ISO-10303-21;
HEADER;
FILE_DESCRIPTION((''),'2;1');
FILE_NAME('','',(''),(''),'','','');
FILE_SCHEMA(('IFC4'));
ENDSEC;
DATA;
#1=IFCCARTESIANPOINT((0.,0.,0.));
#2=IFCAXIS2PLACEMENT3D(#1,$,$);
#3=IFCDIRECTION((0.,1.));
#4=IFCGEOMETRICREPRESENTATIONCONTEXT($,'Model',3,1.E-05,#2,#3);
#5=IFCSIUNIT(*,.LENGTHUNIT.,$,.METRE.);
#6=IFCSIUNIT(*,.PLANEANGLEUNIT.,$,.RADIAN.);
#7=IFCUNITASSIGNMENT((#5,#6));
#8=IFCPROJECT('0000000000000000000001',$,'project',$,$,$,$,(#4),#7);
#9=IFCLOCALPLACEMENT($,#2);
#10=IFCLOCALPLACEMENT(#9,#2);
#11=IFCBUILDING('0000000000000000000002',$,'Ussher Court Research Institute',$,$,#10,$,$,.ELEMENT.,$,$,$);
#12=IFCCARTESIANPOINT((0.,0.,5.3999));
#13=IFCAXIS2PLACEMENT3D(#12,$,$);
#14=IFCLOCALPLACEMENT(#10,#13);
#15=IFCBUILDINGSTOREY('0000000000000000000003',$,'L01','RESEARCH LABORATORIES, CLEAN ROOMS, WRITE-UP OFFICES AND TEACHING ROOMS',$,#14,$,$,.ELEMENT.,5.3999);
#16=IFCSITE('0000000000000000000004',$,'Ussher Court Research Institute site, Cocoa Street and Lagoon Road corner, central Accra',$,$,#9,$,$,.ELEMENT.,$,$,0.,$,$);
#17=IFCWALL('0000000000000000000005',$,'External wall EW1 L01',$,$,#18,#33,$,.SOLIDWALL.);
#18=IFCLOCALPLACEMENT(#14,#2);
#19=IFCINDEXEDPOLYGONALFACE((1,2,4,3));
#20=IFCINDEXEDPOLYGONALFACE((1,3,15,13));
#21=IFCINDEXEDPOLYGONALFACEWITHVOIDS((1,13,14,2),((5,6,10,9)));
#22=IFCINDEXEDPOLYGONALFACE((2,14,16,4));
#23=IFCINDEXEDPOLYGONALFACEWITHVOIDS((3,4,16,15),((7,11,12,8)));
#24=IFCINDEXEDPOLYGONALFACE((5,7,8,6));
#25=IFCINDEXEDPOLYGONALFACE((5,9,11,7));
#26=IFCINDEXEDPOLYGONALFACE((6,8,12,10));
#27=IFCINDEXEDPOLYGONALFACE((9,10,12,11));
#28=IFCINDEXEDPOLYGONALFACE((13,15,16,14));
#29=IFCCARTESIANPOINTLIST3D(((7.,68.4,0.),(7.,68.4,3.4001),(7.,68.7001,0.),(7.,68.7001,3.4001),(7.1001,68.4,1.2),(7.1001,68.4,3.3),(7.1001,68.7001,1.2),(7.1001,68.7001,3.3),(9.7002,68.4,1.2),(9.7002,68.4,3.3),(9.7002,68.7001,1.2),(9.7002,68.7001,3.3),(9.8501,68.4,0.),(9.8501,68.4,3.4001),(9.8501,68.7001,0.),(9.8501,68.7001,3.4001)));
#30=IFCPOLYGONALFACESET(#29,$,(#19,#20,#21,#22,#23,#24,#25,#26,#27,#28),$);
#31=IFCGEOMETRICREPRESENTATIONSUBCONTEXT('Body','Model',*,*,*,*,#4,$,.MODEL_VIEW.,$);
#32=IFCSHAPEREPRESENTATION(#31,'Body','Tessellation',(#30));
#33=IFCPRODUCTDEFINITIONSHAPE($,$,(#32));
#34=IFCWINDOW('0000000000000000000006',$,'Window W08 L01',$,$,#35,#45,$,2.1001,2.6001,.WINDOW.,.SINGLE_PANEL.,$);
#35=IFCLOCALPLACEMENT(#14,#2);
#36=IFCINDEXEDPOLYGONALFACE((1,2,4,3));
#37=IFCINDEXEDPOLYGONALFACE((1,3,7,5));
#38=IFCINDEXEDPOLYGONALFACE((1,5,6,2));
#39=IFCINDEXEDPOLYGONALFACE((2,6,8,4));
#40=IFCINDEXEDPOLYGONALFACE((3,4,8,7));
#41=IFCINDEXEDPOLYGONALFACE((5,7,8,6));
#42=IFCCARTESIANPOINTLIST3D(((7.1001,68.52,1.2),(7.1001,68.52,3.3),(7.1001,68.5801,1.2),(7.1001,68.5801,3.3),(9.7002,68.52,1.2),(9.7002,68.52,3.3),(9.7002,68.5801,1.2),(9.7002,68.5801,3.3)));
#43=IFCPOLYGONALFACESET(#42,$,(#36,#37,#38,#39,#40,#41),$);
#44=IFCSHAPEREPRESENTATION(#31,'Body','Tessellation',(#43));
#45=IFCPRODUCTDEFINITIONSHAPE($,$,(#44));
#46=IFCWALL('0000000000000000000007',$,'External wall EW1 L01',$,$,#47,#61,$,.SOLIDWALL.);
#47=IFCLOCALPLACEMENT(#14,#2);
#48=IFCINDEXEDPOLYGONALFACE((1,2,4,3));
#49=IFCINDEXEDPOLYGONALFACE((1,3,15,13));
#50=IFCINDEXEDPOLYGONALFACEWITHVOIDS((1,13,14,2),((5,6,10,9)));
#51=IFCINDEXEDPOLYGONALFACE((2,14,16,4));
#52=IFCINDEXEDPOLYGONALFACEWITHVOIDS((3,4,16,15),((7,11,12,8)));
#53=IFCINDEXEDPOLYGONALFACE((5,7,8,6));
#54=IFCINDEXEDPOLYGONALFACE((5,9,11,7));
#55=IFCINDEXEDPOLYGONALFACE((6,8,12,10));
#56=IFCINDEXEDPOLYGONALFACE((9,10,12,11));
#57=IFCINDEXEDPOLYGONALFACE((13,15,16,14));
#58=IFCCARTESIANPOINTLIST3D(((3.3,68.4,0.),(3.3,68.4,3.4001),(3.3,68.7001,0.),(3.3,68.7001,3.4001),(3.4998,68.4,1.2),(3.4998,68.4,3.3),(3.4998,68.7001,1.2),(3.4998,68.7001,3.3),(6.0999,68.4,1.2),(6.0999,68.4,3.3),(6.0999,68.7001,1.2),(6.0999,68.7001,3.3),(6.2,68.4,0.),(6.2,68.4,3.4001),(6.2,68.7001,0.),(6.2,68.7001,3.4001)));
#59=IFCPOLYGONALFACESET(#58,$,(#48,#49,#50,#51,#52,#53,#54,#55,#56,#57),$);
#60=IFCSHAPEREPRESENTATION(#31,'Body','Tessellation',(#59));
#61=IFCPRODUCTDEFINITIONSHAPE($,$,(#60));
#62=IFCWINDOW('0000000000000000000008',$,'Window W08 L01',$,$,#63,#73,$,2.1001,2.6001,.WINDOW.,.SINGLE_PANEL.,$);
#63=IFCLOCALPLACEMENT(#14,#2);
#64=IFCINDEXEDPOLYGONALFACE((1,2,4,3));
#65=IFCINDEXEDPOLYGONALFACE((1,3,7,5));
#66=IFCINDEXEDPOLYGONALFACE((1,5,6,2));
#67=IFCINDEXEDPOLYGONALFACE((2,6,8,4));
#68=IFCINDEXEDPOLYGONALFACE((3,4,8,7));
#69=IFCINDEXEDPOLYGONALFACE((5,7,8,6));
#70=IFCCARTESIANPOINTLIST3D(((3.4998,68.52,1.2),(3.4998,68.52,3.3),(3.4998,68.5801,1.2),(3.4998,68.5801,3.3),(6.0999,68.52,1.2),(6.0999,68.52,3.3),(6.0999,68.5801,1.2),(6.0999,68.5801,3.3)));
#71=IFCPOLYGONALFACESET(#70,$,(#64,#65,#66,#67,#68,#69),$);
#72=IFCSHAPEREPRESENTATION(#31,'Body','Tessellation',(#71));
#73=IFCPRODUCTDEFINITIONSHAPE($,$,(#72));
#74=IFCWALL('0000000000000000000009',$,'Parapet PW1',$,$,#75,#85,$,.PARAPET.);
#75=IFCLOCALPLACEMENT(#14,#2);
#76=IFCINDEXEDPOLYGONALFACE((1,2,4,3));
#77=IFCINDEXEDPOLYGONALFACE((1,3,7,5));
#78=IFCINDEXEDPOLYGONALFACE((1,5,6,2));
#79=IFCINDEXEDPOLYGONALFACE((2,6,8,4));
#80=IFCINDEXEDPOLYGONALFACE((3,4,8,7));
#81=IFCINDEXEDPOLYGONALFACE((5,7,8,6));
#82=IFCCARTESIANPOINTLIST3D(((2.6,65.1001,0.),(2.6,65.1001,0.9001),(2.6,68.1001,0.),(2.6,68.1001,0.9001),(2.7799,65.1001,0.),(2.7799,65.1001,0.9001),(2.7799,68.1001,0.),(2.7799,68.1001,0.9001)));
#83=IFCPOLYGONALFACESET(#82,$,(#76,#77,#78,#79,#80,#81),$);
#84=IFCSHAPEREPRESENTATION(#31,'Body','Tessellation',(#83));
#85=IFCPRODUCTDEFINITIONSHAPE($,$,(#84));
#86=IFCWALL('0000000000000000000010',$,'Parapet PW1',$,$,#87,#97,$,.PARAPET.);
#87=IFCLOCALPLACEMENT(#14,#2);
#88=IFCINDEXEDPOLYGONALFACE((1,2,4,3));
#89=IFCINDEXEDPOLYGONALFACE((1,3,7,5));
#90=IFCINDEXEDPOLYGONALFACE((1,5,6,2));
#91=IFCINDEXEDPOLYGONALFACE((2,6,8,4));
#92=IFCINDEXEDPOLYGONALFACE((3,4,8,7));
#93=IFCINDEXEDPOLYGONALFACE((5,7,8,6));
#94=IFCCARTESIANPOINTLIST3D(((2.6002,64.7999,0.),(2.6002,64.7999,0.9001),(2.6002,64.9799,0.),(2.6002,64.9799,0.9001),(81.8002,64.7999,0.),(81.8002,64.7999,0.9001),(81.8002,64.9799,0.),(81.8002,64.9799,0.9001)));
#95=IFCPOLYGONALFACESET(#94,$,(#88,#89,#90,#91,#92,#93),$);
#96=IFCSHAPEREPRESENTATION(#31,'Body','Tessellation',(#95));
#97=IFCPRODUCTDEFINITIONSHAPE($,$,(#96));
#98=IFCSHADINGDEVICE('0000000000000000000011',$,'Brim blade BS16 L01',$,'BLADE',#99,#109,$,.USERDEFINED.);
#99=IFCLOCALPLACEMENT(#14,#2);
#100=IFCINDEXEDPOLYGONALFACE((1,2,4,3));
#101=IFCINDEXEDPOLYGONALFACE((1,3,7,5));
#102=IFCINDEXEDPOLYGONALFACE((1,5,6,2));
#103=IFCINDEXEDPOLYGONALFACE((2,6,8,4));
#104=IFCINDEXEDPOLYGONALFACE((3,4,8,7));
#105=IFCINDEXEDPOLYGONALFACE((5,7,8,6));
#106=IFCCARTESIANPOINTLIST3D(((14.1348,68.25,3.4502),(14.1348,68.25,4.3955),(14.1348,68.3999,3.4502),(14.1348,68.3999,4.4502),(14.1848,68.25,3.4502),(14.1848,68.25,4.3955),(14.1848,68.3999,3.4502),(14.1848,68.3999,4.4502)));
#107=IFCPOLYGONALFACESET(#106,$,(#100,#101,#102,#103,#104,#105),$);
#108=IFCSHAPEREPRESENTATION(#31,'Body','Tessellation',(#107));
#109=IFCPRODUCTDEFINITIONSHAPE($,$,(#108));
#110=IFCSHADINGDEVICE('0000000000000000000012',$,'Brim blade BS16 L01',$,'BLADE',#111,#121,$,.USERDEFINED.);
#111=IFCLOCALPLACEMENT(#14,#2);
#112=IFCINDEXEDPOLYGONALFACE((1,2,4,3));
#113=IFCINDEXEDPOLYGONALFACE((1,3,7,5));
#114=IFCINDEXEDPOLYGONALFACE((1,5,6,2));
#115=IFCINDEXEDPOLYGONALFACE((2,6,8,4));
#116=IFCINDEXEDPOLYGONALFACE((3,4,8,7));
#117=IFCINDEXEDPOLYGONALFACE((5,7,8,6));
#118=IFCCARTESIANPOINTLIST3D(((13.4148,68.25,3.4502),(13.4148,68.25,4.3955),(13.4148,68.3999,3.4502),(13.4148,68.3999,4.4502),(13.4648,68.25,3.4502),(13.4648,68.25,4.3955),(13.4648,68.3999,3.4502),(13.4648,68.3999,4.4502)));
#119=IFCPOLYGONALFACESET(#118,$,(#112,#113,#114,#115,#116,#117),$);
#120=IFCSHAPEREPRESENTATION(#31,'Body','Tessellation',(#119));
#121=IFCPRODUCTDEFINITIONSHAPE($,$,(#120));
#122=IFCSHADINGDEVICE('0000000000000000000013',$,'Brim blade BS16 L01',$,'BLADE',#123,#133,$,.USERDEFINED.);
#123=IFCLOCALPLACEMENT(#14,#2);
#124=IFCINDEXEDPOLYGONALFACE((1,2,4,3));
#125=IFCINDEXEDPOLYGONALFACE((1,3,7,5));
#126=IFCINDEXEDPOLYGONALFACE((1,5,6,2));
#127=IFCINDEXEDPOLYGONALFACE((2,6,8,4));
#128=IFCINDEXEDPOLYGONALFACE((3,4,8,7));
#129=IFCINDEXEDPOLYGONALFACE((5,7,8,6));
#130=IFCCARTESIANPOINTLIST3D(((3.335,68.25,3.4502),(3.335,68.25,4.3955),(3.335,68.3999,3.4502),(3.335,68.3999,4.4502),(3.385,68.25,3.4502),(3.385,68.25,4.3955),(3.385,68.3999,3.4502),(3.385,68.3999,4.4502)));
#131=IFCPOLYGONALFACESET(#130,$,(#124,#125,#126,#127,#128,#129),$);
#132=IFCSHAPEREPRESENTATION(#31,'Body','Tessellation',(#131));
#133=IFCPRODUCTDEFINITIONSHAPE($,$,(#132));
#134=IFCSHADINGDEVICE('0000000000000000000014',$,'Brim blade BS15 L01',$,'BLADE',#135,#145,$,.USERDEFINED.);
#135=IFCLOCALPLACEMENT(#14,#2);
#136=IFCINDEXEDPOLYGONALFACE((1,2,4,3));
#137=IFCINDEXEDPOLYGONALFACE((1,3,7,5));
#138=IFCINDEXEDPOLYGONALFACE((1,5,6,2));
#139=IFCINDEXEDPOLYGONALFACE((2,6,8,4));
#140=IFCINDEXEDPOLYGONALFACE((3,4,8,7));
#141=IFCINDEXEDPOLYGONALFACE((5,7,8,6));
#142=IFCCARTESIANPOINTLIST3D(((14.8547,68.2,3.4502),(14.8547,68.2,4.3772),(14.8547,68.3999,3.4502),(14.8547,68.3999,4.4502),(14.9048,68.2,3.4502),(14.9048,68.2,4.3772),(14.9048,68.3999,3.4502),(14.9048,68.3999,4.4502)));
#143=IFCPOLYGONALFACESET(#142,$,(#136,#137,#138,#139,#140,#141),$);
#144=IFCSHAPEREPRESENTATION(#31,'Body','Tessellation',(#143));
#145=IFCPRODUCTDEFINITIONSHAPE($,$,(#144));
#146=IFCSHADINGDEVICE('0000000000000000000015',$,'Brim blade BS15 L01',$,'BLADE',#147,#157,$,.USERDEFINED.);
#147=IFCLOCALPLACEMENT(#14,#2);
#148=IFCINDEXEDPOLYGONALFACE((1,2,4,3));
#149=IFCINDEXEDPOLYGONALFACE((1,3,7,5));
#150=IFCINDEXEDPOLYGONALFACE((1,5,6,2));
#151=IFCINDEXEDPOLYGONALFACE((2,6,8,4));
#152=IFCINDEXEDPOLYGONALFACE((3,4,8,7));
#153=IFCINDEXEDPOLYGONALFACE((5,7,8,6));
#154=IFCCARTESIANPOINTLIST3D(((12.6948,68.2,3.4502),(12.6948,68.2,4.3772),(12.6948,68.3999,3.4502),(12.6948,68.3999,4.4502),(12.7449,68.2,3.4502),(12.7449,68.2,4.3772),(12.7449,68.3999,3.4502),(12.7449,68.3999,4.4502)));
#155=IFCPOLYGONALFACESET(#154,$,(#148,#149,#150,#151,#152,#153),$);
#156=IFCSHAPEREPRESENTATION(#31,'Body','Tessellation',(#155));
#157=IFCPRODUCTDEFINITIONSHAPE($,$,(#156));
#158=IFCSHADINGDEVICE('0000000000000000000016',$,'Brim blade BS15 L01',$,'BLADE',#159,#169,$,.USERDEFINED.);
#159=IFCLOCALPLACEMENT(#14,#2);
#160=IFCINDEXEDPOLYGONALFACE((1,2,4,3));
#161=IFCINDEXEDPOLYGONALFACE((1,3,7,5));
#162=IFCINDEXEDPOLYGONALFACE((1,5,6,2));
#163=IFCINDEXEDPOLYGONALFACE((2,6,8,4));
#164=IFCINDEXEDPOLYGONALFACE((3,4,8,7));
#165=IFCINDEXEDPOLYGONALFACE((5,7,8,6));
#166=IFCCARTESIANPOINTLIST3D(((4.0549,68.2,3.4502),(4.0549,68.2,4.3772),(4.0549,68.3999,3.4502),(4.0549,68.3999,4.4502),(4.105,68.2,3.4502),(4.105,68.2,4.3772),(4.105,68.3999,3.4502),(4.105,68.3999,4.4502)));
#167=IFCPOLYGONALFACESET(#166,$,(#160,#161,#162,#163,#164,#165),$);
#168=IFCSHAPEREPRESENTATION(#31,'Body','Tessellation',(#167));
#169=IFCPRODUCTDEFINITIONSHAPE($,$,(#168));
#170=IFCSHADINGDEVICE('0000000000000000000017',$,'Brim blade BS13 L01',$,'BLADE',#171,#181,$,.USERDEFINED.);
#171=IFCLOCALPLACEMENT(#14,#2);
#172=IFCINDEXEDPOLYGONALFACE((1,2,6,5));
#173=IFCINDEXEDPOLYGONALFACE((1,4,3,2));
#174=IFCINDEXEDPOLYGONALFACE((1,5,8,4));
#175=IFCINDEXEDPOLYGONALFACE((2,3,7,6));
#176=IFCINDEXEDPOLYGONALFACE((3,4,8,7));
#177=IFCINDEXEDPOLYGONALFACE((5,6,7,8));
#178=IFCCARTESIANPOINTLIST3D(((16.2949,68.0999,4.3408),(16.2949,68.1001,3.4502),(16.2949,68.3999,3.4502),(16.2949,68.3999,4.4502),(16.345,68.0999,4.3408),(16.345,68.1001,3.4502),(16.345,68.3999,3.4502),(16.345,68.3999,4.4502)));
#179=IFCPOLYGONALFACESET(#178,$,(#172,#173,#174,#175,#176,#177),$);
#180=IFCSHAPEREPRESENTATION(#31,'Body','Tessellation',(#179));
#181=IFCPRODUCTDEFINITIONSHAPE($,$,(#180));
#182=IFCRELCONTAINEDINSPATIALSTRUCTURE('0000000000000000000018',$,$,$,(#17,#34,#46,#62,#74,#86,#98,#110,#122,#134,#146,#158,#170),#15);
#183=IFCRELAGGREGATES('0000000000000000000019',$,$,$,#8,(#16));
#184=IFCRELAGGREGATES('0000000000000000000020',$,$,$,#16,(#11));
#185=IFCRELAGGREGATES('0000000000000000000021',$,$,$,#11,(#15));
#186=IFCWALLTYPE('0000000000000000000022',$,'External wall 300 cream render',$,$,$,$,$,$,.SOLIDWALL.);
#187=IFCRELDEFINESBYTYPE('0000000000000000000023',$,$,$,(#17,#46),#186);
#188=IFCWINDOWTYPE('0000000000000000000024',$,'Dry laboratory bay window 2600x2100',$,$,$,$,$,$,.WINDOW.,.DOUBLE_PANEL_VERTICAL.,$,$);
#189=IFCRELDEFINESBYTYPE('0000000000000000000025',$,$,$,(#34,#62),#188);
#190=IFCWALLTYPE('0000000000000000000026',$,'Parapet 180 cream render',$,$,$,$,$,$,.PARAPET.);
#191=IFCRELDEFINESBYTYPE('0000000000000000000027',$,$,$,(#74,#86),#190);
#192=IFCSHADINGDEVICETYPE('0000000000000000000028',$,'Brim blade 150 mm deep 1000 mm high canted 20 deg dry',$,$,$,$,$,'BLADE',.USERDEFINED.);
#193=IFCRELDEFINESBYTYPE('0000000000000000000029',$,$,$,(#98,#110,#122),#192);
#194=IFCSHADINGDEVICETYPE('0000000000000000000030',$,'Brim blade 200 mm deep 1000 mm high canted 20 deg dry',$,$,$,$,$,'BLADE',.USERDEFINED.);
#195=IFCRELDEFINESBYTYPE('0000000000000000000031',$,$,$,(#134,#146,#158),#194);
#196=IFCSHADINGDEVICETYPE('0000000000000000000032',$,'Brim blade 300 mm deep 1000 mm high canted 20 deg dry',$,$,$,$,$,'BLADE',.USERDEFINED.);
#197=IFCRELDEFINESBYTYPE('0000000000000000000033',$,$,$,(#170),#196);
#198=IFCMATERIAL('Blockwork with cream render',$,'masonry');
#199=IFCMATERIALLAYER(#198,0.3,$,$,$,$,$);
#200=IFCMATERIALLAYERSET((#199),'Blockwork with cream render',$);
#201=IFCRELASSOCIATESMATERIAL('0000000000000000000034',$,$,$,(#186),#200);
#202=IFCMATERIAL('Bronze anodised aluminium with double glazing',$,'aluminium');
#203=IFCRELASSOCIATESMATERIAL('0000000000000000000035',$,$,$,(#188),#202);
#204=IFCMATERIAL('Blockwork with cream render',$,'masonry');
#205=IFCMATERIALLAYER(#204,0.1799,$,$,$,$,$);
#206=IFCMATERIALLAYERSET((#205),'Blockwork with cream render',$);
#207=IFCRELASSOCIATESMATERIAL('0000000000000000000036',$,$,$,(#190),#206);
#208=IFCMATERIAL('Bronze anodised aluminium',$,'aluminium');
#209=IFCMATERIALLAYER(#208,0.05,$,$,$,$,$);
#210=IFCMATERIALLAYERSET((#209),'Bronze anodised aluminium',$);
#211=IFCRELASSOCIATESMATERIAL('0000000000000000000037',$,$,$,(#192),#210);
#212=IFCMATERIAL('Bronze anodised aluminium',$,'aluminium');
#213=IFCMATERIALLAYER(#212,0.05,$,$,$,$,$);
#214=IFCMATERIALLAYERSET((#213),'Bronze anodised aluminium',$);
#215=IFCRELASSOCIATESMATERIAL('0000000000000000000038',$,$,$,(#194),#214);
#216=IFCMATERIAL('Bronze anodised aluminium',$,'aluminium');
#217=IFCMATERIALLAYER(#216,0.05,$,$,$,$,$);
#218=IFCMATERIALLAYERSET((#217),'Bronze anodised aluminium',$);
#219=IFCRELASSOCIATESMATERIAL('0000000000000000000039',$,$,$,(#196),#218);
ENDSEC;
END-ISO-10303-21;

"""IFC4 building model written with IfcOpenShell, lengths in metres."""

from ifc_helpers import new_model, si_unit, direction, frame, frame_2d, origin, place, context, subcontext, project, spatial, polyline, rectangle, outline, extrude, material, layer, layer_set, type_object, element, fill, save


model = new_model("IFC4")

# Units and contexts
model_context = context("Model", 3, precision=1e-05, world=origin(), true_north=direction((0.0, 1.0)))
body_context = subcontext(model_context, "Body", "Model", "MODEL_VIEW")
ifc_project = project(units=[si_unit("LENGTHUNIT", "METRE"), si_unit("PLANEANGLEUNIT", "RADIAN")], contexts=[model_context])

# Site, building, storey
site_placement = place(None, origin())
site = spatial("IfcSite", under=ifc_project, at=site_placement, Name="Ussher Court Research Institute site, Cocoa Street and Lagoon Road corner, central Accra", CompositionType="ELEMENT", RefElevation=0.0)
building_placement = place(site_placement, origin())
building = spatial("IfcBuilding", under=site, at=building_placement, Name="Ussher Court Research Institute", CompositionType="ELEMENT")
storey_placement = place(building_placement, frame((0.0, 0.0, 5.3999)))
storey = spatial("IfcBuildingStorey", under=building, at=storey_placement, Name="L01", Description="RESEARCH LABORATORIES, CLEAN ROOMS, WRITE-UP OFFICES AND TEACHING ROOMS", CompositionType="ELEMENT", Elevation=5.3999)

# Walls, openings, windows
ifc_material_1 = material(Name="Blockwork with cream render", Category="masonry")
ifc_layer_1 = layer(ifc_material_1, 0.3)
ifc_layer_set_1 = layer_set([ifc_layer_1], Name="Blockwork with cream render")
wall_type_1 = type_object("IfcWallType", Name="External wall 300 cream render", PredefinedType="SOLIDWALL", material=ifc_layer_set_1)
wall_1_placement = place(storey_placement, frame((9.8501, 68.55, 0.0), z_axis=(0.0, 0.0, 1.0), x_axis=(-1.0, 0.0, 0.0)))
wall_1 = element("IfcWall", 1, at=wall_1_placement, inside=storey, type_object=wall_type_1, Name="External wall EW1 L01", PredefinedType="SOLIDWALL", context=body_context, shape_type="SweptSolid", body=[
    extrude(rectangle(XDim=2.8501, YDim=0.3, at=frame_2d((1.425, 0.0))), origin(), (0.0, 0.0, 1.0), 3.4001),
])
opening_1_placement = place(wall_1_placement, frame((0.1499, 0.0, 1.2)))
opening_1 = element("IfcOpeningElement", 2, at=opening_1_placement, cuts=wall_1, PredefinedType="OPENING", context=body_context, shape_type="SweptSolid", body=[
    extrude(rectangle(XDim=2.6001, YDim=2.1001, at=frame_2d((1.3, 1.05))), frame((0.0, 0.1602, 0.0), z_axis=(0.0, -1.0, 0.0), x_axis=(1.0, 0.0, 0.0)), (0.0, 0.0, 1.0), 0.3201),
])
ifc_material_2 = material(Name="Bronze anodised aluminium with double glazing", Category="aluminium")
window_type = type_object("IfcWindowType", Name="Dry laboratory bay window 2600x2100", PartitioningType="DOUBLE_PANEL_VERTICAL", PredefinedType="WINDOW", material=ifc_material_2)
window_1_placement = place(opening_1_placement, origin())
window_1 = element("IfcWindow", 3, at=window_1_placement, inside=storey, type_object=window_type, Name="Window W08 L01", OverallHeight=2.1001, OverallWidth=2.6001, PartitioningType="SINGLE_PANEL", PredefinedType="WINDOW", context=body_context, shape_type="SweptSolid", body=[
    extrude(rectangle(XDim=2.6001, YDim=2.1001, at=frame_2d((1.3, 1.05))), frame((0.0, 0.03, 0.0), z_axis=(0.0, -1.0, 0.0), x_axis=(1.0, 0.0, 0.0)), (0.0, 0.0, 1.0), 0.0601),
])
fill(opening_1, window_1)
wall_2_placement = place(storey_placement, frame((6.2, 68.55, 0.0), z_axis=(0.0, 0.0, 1.0), x_axis=(-1.0, 0.0, 0.0)))
wall_2 = element("IfcWall", 4, at=wall_2_placement, inside=storey, type_object=wall_type_1, Name="External wall EW1 L01", PredefinedType="SOLIDWALL", context=body_context, shape_type="SweptSolid", body=[
    extrude(rectangle(XDim=2.8999, YDim=0.3, at=frame_2d((1.45, 0.0))), origin(), (0.0, 0.0, 1.0), 3.4001),
])
opening_2_placement = place(wall_2_placement, frame((0.1001, 0.0, 1.2)))
opening_2 = element("IfcOpeningElement", 5, at=opening_2_placement, cuts=wall_2, PredefinedType="OPENING", context=body_context, shape_type="SweptSolid", body=[
    extrude(rectangle(XDim=2.6001, YDim=2.1001, at=frame_2d((1.3, 1.05))), frame((0.0, 0.1602, 0.0), z_axis=(0.0, -1.0, 0.0), x_axis=(1.0, 0.0, 0.0)), (0.0, 0.0, 1.0), 0.3201),
])
window_2_placement = place(opening_2_placement, origin())
window_2 = element("IfcWindow", 6, at=window_2_placement, inside=storey, type_object=window_type, Name="Window W08 L01", OverallHeight=2.1001, OverallWidth=2.6001, PartitioningType="SINGLE_PANEL", PredefinedType="WINDOW", context=body_context, shape_type="SweptSolid", body=[
    extrude(rectangle(XDim=2.6001, YDim=2.1001, at=frame_2d((1.3, 1.05))), frame((0.0, 0.03, 0.0), z_axis=(0.0, -1.0, 0.0), x_axis=(1.0, 0.0, 0.0)), (0.0, 0.0, 1.0), 0.0601),
])
fill(opening_2, window_2)

# Walls
ifc_material_3 = material(Name="Blockwork with cream render", Category="masonry")
ifc_layer_2 = layer(ifc_material_3, 0.1799)
ifc_layer_set_2 = layer_set([ifc_layer_2], Name="Blockwork with cream render")
wall_type_2 = type_object("IfcWallType", Name="Parapet 180 cream render", PredefinedType="PARAPET", material=ifc_layer_set_2)
wall_3_placement = place(storey_placement, frame((2.6899, 68.1001, 0.0), z_axis=(0.0, 0.0, 1.0), x_axis=(0.0, -1.0, 0.0)))
element("IfcWall", 7, at=wall_3_placement, inside=storey, type_object=wall_type_2, Name="Parapet PW1", PredefinedType="PARAPET", context=body_context, shape_type="SweptSolid", body=[
    extrude(rectangle(XDim=3.0, YDim=0.1799, at=frame_2d((1.5, 0.0))), origin(), (0.0, 0.0, 1.0), 0.9001),
])
wall_4_placement = place(storey_placement, frame((2.6001, 64.8899, 0.0), z_axis=(0.0, 0.0, 1.0), x_axis=(1.0, 0.0, 0.0)))
element("IfcWall", 8, at=wall_4_placement, inside=storey, type_object=wall_type_2, Name="Parapet PW1", PredefinedType="PARAPET", context=body_context, shape_type="SweptSolid", body=[
    extrude(rectangle(XDim=79.2, YDim=0.1799, at=frame_2d((39.6001, 0.0))), origin(), (0.0, 0.0, 1.0), 0.9001),
])

# Shading devices
ifc_material_4 = material(Name="Bronze anodised aluminium", Category="aluminium")
ifc_layer_3 = layer(ifc_material_4, 0.05)
ifc_layer_set_3 = layer_set([ifc_layer_3], Name="Bronze anodised aluminium")
shading_device_type_1 = type_object("IfcShadingDeviceType", Name="Brim blade 150 mm deep 1000 mm high canted 20 deg dry", ElementType="BLADE", PredefinedType="USERDEFINED", material=ifc_layer_set_3)
for number, where, z_axis, x_axis, name in (
    (9, (14.1599, 68.3999, 3.4502), (0.0, 0.0, 1.0), (0.0, -1.0, 0.0), "Brim blade BS16 L01"),
    (10, (13.4399, 68.3999, 3.4502), (0.0, 0.0, 1.0), (0.0, -1.0, 0.0), "Brim blade BS16 L01"),
    (11, (3.3601, 68.3999, 3.4502), (0.0, 0.0, 1.0), (0.0, -1.0, 0.0), "Brim blade BS16 L01"),
):
    element("IfcShadingDevice", number, at=place(storey_placement, frame(where, z_axis=z_axis, x_axis=x_axis)), inside=storey, type_object=shading_device_type_1, Name=name, ObjectType="BLADE", PredefinedType="USERDEFINED", context=body_context, shape_type="SweptSolid", body=[
        extrude(outline(polyline([(0.0, 0.0), (0.1499, 0.0), (0.1499, 0.9453), (0.0, 1.0), (0.0, 0.0)])), frame((0.0, 0.0249, 0.0), z_axis=(0.0, -1.0, 0.0), x_axis=(1.0, 0.0, 0.0)), (0.0, 0.0, 1.0), 0.05),
    ])
ifc_material_5 = material(Name="Bronze anodised aluminium", Category="aluminium")
ifc_layer_4 = layer(ifc_material_5, 0.05)
ifc_layer_set_4 = layer_set([ifc_layer_4], Name="Bronze anodised aluminium")
shading_device_type_2 = type_object("IfcShadingDeviceType", Name="Brim blade 200 mm deep 1000 mm high canted 20 deg dry", ElementType="BLADE", PredefinedType="USERDEFINED", material=ifc_layer_set_4)
for number, where, z_axis, x_axis, name in (
    (12, (14.8799, 68.3999, 3.4502), (0.0, 0.0, 1.0), (0.0, -1.0, 0.0), "Brim blade BS15 L01"),
    (13, (12.72, 68.3999, 3.4502), (0.0, 0.0, 1.0), (0.0, -1.0, 0.0), "Brim blade BS15 L01"),
    (14, (4.0801, 68.3999, 3.4502), (0.0, 0.0, 1.0), (0.0, -1.0, 0.0), "Brim blade BS15 L01"),
):
    element("IfcShadingDevice", number, at=place(storey_placement, frame(where, z_axis=z_axis, x_axis=x_axis)), inside=storey, type_object=shading_device_type_2, Name=name, ObjectType="BLADE", PredefinedType="USERDEFINED", context=body_context, shape_type="SweptSolid", body=[
        extrude(outline(polyline([(0.0, 0.0), (0.2, 0.0), (0.2, 0.927), (0.0, 1.0), (0.0, 0.0)])), frame((0.0, 0.0249, 0.0), z_axis=(0.0, -1.0, 0.0), x_axis=(1.0, 0.0, 0.0)), (0.0, 0.0, 1.0), 0.05),
    ])
ifc_material_6 = material(Name="Bronze anodised aluminium", Category="aluminium")
ifc_layer_5 = layer(ifc_material_6, 0.05)
ifc_layer_set_5 = layer_set([ifc_layer_5], Name="Bronze anodised aluminium")
shading_device_type_3 = type_object("IfcShadingDeviceType", Name="Brim blade 300 mm deep 1000 mm high canted 20 deg dry", ElementType="BLADE", PredefinedType="USERDEFINED", material=ifc_layer_set_5)
for number, where, z_axis, x_axis, name in (
    (15, (16.3201, 68.3999, 3.4502), (0.0, 0.0, 1.0), (0.0, -1.0, 0.0), "Brim blade BS13 L01"),
):
    element("IfcShadingDevice", number, at=place(storey_placement, frame(where, z_axis=z_axis, x_axis=x_axis)), inside=storey, type_object=shading_device_type_3, Name=name, ObjectType="BLADE", PredefinedType="USERDEFINED", context=body_context, shape_type="SweptSolid", body=[
        extrude(outline(polyline([(0.0, 0.0), (0.2998, 0.0), (0.3, 0.8906), (0.0, 1.0), (0.0, 0.0)])), frame((0.0, 0.0249, 0.0), z_axis=(0.0, -1.0, 0.0), x_axis=(1.0, 0.0, 0.0)), (0.0, 0.0, 1.0), 0.05),
    ])

save(model, "model.ifc")
